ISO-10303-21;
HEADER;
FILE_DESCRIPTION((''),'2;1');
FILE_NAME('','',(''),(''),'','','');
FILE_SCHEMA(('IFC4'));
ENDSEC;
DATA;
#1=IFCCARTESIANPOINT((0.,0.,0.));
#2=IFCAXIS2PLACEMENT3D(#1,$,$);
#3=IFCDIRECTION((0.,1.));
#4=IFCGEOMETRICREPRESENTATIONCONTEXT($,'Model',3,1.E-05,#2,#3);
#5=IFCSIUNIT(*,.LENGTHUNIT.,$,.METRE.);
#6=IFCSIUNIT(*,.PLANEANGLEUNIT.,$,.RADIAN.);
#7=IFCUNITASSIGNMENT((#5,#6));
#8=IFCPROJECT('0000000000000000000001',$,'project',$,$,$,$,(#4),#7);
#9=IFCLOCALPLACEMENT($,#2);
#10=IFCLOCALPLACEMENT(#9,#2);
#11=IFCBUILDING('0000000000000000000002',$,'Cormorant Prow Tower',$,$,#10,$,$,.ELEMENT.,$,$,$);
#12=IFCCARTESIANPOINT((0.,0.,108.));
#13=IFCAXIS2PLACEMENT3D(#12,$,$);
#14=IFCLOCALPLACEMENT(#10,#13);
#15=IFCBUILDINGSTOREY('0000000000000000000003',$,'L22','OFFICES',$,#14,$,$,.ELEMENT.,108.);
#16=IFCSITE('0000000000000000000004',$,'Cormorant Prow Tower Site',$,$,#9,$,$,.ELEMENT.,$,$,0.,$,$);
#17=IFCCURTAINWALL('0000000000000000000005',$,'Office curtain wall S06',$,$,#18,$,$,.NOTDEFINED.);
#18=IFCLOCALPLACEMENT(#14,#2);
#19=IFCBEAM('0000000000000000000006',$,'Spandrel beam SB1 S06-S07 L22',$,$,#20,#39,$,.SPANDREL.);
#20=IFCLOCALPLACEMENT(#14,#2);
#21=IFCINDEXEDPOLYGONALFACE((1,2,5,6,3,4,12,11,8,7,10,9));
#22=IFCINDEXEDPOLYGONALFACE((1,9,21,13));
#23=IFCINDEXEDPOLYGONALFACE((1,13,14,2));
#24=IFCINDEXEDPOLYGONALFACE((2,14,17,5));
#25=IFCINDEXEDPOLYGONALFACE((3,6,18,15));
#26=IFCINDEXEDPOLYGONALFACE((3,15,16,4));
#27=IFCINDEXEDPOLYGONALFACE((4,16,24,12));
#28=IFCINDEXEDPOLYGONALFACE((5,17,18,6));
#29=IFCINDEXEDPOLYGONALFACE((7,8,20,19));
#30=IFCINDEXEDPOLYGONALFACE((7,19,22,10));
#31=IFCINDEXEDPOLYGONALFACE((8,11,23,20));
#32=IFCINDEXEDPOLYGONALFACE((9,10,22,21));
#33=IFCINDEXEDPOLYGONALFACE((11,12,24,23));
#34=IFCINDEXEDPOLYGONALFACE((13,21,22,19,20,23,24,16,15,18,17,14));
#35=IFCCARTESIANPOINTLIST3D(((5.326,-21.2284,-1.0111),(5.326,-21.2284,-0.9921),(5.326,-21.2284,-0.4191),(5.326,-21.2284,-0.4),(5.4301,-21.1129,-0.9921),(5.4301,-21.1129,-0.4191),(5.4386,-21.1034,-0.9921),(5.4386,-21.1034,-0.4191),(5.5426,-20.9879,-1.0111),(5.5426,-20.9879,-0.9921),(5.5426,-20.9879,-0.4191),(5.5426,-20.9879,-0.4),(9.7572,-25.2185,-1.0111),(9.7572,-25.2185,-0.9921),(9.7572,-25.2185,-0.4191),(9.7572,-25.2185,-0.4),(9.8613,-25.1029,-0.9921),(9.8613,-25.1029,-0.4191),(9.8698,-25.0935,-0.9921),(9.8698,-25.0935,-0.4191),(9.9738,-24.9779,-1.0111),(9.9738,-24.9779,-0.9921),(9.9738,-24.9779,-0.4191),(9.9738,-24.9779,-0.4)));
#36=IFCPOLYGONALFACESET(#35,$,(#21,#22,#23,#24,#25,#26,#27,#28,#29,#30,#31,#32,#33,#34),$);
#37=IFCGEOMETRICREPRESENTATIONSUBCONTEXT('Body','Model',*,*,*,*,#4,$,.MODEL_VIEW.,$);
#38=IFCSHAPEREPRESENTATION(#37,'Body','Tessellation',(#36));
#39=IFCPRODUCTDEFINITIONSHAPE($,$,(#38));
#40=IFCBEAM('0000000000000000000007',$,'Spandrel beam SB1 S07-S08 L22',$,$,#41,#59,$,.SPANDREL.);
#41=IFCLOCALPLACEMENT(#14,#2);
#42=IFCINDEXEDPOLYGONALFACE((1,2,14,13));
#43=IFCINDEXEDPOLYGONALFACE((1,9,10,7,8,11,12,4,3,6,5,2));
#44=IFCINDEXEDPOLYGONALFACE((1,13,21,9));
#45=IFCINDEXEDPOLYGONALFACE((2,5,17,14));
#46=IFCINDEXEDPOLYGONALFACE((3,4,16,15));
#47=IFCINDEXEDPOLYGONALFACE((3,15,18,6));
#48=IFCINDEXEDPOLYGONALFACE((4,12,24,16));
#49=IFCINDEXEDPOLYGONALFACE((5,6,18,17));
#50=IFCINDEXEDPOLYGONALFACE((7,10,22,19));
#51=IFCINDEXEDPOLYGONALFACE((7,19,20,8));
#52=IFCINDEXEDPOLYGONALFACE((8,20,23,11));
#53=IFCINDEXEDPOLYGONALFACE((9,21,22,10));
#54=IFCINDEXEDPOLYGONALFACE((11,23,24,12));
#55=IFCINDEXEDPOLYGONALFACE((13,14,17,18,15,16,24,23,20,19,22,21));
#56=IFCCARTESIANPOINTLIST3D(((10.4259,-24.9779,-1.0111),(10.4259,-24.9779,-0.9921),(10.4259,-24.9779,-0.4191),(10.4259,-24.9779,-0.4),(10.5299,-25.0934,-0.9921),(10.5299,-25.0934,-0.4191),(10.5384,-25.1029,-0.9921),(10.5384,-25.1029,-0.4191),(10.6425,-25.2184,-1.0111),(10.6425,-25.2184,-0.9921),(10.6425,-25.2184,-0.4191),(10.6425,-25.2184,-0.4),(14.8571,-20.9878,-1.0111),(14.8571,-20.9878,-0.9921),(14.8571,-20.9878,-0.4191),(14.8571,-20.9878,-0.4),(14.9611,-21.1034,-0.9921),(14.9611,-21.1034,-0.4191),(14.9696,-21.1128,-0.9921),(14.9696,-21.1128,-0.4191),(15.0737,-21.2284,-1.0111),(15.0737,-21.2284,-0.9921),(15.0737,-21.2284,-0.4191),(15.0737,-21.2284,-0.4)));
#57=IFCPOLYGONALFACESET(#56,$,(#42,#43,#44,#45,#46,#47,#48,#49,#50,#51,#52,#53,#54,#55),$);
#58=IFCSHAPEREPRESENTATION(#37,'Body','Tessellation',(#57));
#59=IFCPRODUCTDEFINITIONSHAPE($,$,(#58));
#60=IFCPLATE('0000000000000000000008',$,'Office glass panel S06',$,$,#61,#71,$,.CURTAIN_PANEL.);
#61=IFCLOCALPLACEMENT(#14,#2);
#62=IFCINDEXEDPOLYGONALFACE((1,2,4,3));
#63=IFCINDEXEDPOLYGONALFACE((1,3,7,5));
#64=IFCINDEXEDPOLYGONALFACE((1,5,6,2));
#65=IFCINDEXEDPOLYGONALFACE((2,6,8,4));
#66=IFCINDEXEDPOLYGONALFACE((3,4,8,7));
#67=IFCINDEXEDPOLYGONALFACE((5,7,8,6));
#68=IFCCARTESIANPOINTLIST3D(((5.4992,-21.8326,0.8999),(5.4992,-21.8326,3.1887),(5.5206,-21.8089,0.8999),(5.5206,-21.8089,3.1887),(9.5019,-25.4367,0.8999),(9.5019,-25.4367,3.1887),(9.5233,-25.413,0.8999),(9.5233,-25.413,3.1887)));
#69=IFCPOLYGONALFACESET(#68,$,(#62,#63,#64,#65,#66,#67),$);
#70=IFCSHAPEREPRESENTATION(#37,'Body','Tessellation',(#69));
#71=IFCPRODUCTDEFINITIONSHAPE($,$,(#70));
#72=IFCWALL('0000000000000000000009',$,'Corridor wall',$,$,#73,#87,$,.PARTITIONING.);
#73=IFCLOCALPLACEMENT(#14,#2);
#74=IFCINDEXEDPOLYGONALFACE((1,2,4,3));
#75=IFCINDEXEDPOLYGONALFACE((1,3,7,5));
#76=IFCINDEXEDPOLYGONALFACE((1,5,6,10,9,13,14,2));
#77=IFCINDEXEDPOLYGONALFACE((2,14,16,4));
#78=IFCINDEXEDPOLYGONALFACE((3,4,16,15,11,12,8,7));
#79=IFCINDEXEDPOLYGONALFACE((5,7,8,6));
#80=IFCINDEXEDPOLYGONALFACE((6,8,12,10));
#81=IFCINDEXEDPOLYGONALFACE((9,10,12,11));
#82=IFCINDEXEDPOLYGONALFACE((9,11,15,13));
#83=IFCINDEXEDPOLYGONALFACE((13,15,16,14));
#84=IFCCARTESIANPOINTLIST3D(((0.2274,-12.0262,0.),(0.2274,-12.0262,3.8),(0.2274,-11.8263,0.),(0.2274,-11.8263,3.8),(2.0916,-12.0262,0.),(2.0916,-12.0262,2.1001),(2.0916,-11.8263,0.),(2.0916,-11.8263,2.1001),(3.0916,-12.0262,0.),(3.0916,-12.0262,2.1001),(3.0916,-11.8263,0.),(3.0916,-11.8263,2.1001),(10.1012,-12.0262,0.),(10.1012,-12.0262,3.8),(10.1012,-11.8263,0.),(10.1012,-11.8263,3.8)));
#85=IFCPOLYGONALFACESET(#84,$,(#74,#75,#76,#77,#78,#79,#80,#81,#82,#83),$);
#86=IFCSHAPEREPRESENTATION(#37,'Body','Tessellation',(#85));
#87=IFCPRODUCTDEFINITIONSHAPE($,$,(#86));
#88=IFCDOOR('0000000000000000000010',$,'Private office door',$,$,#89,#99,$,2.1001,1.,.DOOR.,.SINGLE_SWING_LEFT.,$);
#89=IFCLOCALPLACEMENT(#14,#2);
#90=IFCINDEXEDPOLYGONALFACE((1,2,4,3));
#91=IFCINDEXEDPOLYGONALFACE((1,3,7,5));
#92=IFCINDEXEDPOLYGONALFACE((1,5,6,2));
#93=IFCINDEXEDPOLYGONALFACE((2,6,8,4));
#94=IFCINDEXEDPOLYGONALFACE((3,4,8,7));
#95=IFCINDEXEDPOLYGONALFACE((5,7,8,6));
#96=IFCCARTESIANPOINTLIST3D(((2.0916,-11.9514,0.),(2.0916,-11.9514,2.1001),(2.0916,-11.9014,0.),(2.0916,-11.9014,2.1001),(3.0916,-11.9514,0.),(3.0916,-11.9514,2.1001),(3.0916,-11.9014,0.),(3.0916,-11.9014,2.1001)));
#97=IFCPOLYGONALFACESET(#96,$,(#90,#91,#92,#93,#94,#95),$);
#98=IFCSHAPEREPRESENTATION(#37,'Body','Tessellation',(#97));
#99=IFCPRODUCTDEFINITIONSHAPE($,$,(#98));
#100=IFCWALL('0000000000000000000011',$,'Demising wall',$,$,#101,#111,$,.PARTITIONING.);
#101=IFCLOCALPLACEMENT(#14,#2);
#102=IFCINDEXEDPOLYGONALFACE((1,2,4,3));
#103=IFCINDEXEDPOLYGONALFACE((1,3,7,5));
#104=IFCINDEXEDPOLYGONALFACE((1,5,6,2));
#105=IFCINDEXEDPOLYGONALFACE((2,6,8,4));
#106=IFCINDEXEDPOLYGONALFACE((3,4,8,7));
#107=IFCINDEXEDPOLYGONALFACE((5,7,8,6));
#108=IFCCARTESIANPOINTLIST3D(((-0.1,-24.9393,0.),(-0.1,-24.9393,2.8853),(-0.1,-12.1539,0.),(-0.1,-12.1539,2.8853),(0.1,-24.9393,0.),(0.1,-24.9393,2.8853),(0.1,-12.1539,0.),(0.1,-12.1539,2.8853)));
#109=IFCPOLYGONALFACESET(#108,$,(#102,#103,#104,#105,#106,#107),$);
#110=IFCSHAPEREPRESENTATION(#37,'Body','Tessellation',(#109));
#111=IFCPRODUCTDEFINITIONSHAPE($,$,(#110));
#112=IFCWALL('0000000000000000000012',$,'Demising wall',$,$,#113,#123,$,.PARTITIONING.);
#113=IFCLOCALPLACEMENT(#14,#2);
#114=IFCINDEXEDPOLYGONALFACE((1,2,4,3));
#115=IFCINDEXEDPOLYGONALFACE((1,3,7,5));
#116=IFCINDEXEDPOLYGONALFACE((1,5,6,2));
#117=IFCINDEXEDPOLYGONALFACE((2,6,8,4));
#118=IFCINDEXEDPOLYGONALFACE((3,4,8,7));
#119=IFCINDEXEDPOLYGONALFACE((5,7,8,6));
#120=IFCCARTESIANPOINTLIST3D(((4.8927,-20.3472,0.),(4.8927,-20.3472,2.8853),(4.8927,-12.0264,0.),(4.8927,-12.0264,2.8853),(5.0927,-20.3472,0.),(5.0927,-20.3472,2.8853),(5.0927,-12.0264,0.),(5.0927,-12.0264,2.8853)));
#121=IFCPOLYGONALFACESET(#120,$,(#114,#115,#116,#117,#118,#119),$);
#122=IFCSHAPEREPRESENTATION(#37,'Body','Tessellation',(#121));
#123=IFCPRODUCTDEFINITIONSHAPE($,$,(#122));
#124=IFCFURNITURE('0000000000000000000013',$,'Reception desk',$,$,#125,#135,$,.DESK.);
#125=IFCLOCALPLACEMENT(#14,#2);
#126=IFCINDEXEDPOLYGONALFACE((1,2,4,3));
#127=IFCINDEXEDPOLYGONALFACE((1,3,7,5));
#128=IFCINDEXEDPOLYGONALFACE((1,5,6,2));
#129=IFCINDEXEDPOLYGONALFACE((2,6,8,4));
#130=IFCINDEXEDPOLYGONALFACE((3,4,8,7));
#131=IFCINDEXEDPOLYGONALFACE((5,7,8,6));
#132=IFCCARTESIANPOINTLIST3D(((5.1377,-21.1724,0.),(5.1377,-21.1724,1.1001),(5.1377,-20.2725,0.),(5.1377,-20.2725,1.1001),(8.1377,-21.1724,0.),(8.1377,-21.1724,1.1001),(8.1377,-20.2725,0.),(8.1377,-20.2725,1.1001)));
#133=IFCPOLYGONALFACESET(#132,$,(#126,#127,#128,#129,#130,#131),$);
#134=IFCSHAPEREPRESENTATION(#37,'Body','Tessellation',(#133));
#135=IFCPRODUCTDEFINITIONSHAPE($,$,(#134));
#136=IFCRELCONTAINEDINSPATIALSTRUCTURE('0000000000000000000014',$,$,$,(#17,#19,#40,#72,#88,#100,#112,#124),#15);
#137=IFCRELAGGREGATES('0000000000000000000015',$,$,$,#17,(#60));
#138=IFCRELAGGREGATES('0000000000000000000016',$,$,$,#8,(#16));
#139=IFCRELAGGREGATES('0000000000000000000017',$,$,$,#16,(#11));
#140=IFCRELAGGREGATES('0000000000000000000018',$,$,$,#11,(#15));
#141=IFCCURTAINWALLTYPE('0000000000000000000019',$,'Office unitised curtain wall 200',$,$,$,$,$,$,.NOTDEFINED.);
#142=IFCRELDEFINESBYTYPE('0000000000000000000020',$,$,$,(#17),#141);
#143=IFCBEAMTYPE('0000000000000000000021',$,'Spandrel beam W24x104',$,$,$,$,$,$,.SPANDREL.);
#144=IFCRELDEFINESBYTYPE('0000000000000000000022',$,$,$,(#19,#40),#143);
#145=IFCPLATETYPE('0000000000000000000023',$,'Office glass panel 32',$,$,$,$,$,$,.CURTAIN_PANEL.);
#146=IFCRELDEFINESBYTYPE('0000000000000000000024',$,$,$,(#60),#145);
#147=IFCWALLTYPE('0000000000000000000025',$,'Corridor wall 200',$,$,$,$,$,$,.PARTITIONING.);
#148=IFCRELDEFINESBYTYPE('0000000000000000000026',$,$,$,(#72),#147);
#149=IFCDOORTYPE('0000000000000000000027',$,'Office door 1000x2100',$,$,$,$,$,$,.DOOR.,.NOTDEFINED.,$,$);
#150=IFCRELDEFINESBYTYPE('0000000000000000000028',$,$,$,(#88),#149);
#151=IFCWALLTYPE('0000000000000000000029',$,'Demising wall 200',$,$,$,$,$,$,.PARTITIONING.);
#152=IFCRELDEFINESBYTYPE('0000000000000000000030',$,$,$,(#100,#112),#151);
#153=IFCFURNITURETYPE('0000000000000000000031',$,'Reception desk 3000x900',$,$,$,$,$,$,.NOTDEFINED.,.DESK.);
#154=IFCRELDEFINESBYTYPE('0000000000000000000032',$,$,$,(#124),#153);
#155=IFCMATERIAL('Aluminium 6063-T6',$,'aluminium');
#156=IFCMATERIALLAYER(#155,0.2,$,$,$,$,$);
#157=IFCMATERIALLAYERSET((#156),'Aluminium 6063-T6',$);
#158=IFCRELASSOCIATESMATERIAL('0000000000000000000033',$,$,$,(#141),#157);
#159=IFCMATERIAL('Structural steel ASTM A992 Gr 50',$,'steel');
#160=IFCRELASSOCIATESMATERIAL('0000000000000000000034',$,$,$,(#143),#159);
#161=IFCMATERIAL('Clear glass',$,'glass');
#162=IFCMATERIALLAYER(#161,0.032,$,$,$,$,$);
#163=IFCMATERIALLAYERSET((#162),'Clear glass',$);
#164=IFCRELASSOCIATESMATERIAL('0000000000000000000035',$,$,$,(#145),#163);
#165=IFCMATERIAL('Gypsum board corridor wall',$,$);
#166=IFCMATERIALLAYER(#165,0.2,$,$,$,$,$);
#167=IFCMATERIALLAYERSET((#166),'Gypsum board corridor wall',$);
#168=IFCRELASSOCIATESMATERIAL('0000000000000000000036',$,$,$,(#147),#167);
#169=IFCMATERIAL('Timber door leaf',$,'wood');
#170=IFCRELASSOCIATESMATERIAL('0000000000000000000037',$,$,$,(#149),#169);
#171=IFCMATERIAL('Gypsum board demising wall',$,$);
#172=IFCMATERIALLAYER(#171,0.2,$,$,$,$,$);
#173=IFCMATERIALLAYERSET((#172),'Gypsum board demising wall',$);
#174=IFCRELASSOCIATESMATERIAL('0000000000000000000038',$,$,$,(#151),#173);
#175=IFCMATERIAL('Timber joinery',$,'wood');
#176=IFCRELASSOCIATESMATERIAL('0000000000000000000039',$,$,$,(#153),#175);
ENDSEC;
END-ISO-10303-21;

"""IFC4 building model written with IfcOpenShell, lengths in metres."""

from ifc_helpers import new_model, si_unit, direction, frame, frame_2d, origin, origin_2d, place, context, subcontext, project, spatial, rectangle, i_section, extrude, material, layer, layer_set, material_profile, profile_set, type_object, element, fill, aggregate, save


model = new_model("IFC4")

# Units and contexts
model_context = context("Model", 3, precision=1e-05, world=origin(), true_north=direction((0.0, 1.0)))
body_context = subcontext(model_context, "Body", "Model", "MODEL_VIEW")
ifc_project = project(units=[si_unit("LENGTHUNIT", "METRE"), si_unit("PLANEANGLEUNIT", "RADIAN")], contexts=[model_context])

# Site, building, storey
site_placement = place(None, origin())
site = spatial("IfcSite", under=ifc_project, at=site_placement, Name="Cormorant Prow Tower Site", CompositionType="ELEMENT", RefElevation=0.0)
building_placement = place(site_placement, origin())
building = spatial("IfcBuilding", under=site, at=building_placement, Name="Cormorant Prow Tower", CompositionType="ELEMENT")
storey_placement = place(building_placement, frame((0.0, 0.0, 108.0)))
storey = spatial("IfcBuildingStorey", under=building, at=storey_placement, Name="L22", Description="OFFICES", CompositionType="ELEMENT", Elevation=108.0)

# Curtain wall
ifc_material_1 = material(Name="Aluminium 6063-T6", Category="aluminium")
ifc_layer_1 = layer(ifc_material_1, 0.2)
ifc_layer_set_1 = layer_set([ifc_layer_1], Name="Aluminium 6063-T6")
curtain_wall_type = type_object("IfcCurtainWallType", Name="Office unitised curtain wall 200", PredefinedType="NOTDEFINED", material=ifc_layer_set_1)
curtain_wall_1_placement = place(storey_placement, origin())
curtain_wall_1 = element("IfcCurtainWall", 1, at=curtain_wall_1_placement, inside=storey, type_object=curtain_wall_type, Name="Office curtain wall S06", PredefinedType="NOTDEFINED")

# Beams
ifc_material_2 = material(Name="Structural steel ASTM A992 Gr 50", Category="steel")
ifc_material_profile_1 = material_profile(ifc_material_2, i_section(OverallWidth=0.3237, OverallDepth=0.6111, WebThickness=0.0127, FlangeThickness=0.019, at=origin_2d()), Name="W24x104")
ifc_profile_set_1 = profile_set([ifc_material_profile_1], Name="Structural steel ASTM A992 Gr 50")
beam_type_1 = type_object("IfcBeamType", Name="Spandrel beam W24x104", PredefinedType="SPANDREL", material=ifc_profile_set_1)
for number, where, z_axis, x_axis, name in (
    (2, (5.4343, -21.1082, -0.7056), (0.743131, -0.669146, 0.0), (0.669146, 0.743131, 0.0), "Spandrel beam SB1 S06-S07 L22"),
    (3, (10.5342, -25.0981, -0.7056), (0.743131, 0.669146, 0.0), (-0.669146, 0.743131, 0.0), "Spandrel beam SB1 S07-S08 L22"),
):
    element("IfcBeam", number, at=place(storey_placement, frame(where, z_axis=z_axis, x_axis=x_axis)), inside=storey, type_object=beam_type_1, Name=name, PredefinedType="SPANDREL", context=body_context, shape_type="SweptSolid", body=[
        extrude(i_section(OverallWidth=0.3237, OverallDepth=0.6111, WebThickness=0.0127, FlangeThickness=0.019, at=origin_2d()), origin(), (0.0, 0.0, 1.0), 5.9629),
    ])

# Plate
ifc_material_3 = material(Name="Clear glass", Category="glass")
ifc_layer_2 = layer(ifc_material_3, 0.032)
ifc_layer_set_2 = layer_set([ifc_layer_2], Name="Clear glass")
plate_type = type_object("IfcPlateType", Name="Office glass panel 32", PredefinedType="CURTAIN_PANEL", material=ifc_layer_set_2)
plate_placement = place(storey_placement, frame((7.5112, -23.6228, 0.8999), z_axis=(0.0, 0.0, 1.0), x_axis=(0.743145, -0.669131, 0.0)))
plate = element("IfcPlate", 4, at=plate_placement, type_object=plate_type, Name="Office glass panel S06", PredefinedType="CURTAIN_PANEL", context=body_context, shape_type="SweptSolid", body=[
    extrude(rectangle(XDim=5.3862, YDim=0.032, at=origin_2d()), origin(), (0.0, 0.0, 1.0), 2.2888),
])
aggregate(curtain_wall_1, [plate])

# Wall, opening, door
ifc_material_4 = material(Name="Gypsum board corridor wall")
ifc_layer_3 = layer(ifc_material_4, 0.2)
ifc_layer_set_3 = layer_set([ifc_layer_3], Name="Gypsum board corridor wall")
wall_type_1 = type_object("IfcWallType", Name="Corridor wall 200", PredefinedType="PARTITIONING", material=ifc_layer_set_3)
wall_1_placement = place(storey_placement, frame((0.2273, -11.9263, 0.0), z_axis=(0.0, 0.0, 1.0), x_axis=(1.0, 0.0, 0.0)))
wall_1 = element("IfcWall", 5, at=wall_1_placement, inside=storey, type_object=wall_type_1, Name="Corridor wall", PredefinedType="PARTITIONING", context=body_context, shape_type="SweptSolid", body=[
    extrude(rectangle(XDim=9.8738, YDim=0.2, at=frame_2d((4.937, 0.0))), origin(), (0.0, 0.0, 1.0), 3.8),
])
opening_1_placement = place(wall_1_placement, frame((1.8643, 0.0, 0.0)))
opening_1 = element("IfcOpeningElement", 6, at=opening_1_placement, cuts=wall_1, PredefinedType="OPENING", context=body_context, shape_type="SweptSolid", body=[
    extrude(rectangle(XDim=1.0, YDim=2.1001, at=frame_2d((0.5, 1.05))), frame((0.0, 0.1099, 0.0), z_axis=(0.0, -1.0, 0.0), x_axis=(1.0, 0.0, 0.0)), (0.0, 0.0, 1.0), 0.22),
])
ifc_material_5 = material(Name="Timber door leaf", Category="wood")
door_type_1 = type_object("IfcDoorType", Name="Office door 1000x2100", OperationType="NOTDEFINED", PredefinedType="DOOR", material=ifc_material_5)
door_1_placement = place(opening_1_placement, origin())
door_1 = element("IfcDoor", 7, at=door_1_placement, inside=storey, type_object=door_type_1, Name="Private office door", OperationType="SINGLE_SWING_LEFT", OverallHeight=2.1001, OverallWidth=1.0, PredefinedType="DOOR", context=body_context, shape_type="SweptSolid", body=[
    extrude(rectangle(XDim=1.0, YDim=2.1001, at=frame_2d((0.5, 1.05))), frame((0.0, 0.0249, 0.0), z_axis=(0.0, -1.0, 0.0), x_axis=(1.0, 0.0, 0.0)), (0.0, 0.0, 1.0), 0.05),
])
fill(opening_1, door_1)

# Walls
ifc_material_6 = material(Name="Gypsum board demising wall")
ifc_layer_4 = layer(ifc_material_6, 0.2)
ifc_layer_set_4 = layer_set([ifc_layer_4], Name="Gypsum board demising wall")
wall_type_2 = type_object("IfcWallType", Name="Demising wall 200", PredefinedType="PARTITIONING", material=ifc_layer_set_4)
wall_2_placement = place(storey_placement, frame((0.0, -24.9392, 0.0), z_axis=(0.0, 0.0, 1.0), x_axis=(0.0, 1.0, 0.0)))
element("IfcWall", 8, at=wall_2_placement, inside=storey, type_object=wall_type_2, Name="Demising wall", PredefinedType="PARTITIONING", context=body_context, shape_type="SweptSolid", body=[
    extrude(rectangle(XDim=12.7854, YDim=0.2, at=frame_2d((6.3926, 0.0))), origin(), (0.0, 0.0, 1.0), 2.8853),
])
wall_3_placement = place(storey_placement, frame((4.9927, -20.3472, 0.0), z_axis=(0.0, 0.0, 1.0), x_axis=(0.0, 1.0, 0.0)))
element("IfcWall", 9, at=wall_3_placement, inside=storey, type_object=wall_type_2, Name="Demising wall", PredefinedType="PARTITIONING", context=body_context, shape_type="SweptSolid", body=[
    extrude(rectangle(XDim=8.3208, YDim=0.2, at=frame_2d((4.1604, 0.0))), origin(), (0.0, 0.0, 1.0), 2.8853),
])

# Furniture
ifc_material_7 = material(Name="Timber joinery", Category="wood")
furniture_type = type_object("IfcFurnitureType", Name="Reception desk 3000x900", AssemblyPlace="NOTDEFINED", PredefinedType="DESK", material=ifc_material_7)
furniture_placement = place(storey_placement, frame((6.6377, -20.7224, 0.0), z_axis=(0.0, 0.0, 1.0), x_axis=(1.0, 0.0, 0.0)))
element("IfcFurniture", 10, at=furniture_placement, inside=storey, type_object=furniture_type, Name="Reception desk", PredefinedType="DESK", context=body_context, shape_type="SweptSolid", body=[
    extrude(rectangle(XDim=3.0, YDim=0.8999, at=origin_2d()), origin(), (0.0, 0.0, 1.0), 1.1001),
])

save(model, "model.ifc")
